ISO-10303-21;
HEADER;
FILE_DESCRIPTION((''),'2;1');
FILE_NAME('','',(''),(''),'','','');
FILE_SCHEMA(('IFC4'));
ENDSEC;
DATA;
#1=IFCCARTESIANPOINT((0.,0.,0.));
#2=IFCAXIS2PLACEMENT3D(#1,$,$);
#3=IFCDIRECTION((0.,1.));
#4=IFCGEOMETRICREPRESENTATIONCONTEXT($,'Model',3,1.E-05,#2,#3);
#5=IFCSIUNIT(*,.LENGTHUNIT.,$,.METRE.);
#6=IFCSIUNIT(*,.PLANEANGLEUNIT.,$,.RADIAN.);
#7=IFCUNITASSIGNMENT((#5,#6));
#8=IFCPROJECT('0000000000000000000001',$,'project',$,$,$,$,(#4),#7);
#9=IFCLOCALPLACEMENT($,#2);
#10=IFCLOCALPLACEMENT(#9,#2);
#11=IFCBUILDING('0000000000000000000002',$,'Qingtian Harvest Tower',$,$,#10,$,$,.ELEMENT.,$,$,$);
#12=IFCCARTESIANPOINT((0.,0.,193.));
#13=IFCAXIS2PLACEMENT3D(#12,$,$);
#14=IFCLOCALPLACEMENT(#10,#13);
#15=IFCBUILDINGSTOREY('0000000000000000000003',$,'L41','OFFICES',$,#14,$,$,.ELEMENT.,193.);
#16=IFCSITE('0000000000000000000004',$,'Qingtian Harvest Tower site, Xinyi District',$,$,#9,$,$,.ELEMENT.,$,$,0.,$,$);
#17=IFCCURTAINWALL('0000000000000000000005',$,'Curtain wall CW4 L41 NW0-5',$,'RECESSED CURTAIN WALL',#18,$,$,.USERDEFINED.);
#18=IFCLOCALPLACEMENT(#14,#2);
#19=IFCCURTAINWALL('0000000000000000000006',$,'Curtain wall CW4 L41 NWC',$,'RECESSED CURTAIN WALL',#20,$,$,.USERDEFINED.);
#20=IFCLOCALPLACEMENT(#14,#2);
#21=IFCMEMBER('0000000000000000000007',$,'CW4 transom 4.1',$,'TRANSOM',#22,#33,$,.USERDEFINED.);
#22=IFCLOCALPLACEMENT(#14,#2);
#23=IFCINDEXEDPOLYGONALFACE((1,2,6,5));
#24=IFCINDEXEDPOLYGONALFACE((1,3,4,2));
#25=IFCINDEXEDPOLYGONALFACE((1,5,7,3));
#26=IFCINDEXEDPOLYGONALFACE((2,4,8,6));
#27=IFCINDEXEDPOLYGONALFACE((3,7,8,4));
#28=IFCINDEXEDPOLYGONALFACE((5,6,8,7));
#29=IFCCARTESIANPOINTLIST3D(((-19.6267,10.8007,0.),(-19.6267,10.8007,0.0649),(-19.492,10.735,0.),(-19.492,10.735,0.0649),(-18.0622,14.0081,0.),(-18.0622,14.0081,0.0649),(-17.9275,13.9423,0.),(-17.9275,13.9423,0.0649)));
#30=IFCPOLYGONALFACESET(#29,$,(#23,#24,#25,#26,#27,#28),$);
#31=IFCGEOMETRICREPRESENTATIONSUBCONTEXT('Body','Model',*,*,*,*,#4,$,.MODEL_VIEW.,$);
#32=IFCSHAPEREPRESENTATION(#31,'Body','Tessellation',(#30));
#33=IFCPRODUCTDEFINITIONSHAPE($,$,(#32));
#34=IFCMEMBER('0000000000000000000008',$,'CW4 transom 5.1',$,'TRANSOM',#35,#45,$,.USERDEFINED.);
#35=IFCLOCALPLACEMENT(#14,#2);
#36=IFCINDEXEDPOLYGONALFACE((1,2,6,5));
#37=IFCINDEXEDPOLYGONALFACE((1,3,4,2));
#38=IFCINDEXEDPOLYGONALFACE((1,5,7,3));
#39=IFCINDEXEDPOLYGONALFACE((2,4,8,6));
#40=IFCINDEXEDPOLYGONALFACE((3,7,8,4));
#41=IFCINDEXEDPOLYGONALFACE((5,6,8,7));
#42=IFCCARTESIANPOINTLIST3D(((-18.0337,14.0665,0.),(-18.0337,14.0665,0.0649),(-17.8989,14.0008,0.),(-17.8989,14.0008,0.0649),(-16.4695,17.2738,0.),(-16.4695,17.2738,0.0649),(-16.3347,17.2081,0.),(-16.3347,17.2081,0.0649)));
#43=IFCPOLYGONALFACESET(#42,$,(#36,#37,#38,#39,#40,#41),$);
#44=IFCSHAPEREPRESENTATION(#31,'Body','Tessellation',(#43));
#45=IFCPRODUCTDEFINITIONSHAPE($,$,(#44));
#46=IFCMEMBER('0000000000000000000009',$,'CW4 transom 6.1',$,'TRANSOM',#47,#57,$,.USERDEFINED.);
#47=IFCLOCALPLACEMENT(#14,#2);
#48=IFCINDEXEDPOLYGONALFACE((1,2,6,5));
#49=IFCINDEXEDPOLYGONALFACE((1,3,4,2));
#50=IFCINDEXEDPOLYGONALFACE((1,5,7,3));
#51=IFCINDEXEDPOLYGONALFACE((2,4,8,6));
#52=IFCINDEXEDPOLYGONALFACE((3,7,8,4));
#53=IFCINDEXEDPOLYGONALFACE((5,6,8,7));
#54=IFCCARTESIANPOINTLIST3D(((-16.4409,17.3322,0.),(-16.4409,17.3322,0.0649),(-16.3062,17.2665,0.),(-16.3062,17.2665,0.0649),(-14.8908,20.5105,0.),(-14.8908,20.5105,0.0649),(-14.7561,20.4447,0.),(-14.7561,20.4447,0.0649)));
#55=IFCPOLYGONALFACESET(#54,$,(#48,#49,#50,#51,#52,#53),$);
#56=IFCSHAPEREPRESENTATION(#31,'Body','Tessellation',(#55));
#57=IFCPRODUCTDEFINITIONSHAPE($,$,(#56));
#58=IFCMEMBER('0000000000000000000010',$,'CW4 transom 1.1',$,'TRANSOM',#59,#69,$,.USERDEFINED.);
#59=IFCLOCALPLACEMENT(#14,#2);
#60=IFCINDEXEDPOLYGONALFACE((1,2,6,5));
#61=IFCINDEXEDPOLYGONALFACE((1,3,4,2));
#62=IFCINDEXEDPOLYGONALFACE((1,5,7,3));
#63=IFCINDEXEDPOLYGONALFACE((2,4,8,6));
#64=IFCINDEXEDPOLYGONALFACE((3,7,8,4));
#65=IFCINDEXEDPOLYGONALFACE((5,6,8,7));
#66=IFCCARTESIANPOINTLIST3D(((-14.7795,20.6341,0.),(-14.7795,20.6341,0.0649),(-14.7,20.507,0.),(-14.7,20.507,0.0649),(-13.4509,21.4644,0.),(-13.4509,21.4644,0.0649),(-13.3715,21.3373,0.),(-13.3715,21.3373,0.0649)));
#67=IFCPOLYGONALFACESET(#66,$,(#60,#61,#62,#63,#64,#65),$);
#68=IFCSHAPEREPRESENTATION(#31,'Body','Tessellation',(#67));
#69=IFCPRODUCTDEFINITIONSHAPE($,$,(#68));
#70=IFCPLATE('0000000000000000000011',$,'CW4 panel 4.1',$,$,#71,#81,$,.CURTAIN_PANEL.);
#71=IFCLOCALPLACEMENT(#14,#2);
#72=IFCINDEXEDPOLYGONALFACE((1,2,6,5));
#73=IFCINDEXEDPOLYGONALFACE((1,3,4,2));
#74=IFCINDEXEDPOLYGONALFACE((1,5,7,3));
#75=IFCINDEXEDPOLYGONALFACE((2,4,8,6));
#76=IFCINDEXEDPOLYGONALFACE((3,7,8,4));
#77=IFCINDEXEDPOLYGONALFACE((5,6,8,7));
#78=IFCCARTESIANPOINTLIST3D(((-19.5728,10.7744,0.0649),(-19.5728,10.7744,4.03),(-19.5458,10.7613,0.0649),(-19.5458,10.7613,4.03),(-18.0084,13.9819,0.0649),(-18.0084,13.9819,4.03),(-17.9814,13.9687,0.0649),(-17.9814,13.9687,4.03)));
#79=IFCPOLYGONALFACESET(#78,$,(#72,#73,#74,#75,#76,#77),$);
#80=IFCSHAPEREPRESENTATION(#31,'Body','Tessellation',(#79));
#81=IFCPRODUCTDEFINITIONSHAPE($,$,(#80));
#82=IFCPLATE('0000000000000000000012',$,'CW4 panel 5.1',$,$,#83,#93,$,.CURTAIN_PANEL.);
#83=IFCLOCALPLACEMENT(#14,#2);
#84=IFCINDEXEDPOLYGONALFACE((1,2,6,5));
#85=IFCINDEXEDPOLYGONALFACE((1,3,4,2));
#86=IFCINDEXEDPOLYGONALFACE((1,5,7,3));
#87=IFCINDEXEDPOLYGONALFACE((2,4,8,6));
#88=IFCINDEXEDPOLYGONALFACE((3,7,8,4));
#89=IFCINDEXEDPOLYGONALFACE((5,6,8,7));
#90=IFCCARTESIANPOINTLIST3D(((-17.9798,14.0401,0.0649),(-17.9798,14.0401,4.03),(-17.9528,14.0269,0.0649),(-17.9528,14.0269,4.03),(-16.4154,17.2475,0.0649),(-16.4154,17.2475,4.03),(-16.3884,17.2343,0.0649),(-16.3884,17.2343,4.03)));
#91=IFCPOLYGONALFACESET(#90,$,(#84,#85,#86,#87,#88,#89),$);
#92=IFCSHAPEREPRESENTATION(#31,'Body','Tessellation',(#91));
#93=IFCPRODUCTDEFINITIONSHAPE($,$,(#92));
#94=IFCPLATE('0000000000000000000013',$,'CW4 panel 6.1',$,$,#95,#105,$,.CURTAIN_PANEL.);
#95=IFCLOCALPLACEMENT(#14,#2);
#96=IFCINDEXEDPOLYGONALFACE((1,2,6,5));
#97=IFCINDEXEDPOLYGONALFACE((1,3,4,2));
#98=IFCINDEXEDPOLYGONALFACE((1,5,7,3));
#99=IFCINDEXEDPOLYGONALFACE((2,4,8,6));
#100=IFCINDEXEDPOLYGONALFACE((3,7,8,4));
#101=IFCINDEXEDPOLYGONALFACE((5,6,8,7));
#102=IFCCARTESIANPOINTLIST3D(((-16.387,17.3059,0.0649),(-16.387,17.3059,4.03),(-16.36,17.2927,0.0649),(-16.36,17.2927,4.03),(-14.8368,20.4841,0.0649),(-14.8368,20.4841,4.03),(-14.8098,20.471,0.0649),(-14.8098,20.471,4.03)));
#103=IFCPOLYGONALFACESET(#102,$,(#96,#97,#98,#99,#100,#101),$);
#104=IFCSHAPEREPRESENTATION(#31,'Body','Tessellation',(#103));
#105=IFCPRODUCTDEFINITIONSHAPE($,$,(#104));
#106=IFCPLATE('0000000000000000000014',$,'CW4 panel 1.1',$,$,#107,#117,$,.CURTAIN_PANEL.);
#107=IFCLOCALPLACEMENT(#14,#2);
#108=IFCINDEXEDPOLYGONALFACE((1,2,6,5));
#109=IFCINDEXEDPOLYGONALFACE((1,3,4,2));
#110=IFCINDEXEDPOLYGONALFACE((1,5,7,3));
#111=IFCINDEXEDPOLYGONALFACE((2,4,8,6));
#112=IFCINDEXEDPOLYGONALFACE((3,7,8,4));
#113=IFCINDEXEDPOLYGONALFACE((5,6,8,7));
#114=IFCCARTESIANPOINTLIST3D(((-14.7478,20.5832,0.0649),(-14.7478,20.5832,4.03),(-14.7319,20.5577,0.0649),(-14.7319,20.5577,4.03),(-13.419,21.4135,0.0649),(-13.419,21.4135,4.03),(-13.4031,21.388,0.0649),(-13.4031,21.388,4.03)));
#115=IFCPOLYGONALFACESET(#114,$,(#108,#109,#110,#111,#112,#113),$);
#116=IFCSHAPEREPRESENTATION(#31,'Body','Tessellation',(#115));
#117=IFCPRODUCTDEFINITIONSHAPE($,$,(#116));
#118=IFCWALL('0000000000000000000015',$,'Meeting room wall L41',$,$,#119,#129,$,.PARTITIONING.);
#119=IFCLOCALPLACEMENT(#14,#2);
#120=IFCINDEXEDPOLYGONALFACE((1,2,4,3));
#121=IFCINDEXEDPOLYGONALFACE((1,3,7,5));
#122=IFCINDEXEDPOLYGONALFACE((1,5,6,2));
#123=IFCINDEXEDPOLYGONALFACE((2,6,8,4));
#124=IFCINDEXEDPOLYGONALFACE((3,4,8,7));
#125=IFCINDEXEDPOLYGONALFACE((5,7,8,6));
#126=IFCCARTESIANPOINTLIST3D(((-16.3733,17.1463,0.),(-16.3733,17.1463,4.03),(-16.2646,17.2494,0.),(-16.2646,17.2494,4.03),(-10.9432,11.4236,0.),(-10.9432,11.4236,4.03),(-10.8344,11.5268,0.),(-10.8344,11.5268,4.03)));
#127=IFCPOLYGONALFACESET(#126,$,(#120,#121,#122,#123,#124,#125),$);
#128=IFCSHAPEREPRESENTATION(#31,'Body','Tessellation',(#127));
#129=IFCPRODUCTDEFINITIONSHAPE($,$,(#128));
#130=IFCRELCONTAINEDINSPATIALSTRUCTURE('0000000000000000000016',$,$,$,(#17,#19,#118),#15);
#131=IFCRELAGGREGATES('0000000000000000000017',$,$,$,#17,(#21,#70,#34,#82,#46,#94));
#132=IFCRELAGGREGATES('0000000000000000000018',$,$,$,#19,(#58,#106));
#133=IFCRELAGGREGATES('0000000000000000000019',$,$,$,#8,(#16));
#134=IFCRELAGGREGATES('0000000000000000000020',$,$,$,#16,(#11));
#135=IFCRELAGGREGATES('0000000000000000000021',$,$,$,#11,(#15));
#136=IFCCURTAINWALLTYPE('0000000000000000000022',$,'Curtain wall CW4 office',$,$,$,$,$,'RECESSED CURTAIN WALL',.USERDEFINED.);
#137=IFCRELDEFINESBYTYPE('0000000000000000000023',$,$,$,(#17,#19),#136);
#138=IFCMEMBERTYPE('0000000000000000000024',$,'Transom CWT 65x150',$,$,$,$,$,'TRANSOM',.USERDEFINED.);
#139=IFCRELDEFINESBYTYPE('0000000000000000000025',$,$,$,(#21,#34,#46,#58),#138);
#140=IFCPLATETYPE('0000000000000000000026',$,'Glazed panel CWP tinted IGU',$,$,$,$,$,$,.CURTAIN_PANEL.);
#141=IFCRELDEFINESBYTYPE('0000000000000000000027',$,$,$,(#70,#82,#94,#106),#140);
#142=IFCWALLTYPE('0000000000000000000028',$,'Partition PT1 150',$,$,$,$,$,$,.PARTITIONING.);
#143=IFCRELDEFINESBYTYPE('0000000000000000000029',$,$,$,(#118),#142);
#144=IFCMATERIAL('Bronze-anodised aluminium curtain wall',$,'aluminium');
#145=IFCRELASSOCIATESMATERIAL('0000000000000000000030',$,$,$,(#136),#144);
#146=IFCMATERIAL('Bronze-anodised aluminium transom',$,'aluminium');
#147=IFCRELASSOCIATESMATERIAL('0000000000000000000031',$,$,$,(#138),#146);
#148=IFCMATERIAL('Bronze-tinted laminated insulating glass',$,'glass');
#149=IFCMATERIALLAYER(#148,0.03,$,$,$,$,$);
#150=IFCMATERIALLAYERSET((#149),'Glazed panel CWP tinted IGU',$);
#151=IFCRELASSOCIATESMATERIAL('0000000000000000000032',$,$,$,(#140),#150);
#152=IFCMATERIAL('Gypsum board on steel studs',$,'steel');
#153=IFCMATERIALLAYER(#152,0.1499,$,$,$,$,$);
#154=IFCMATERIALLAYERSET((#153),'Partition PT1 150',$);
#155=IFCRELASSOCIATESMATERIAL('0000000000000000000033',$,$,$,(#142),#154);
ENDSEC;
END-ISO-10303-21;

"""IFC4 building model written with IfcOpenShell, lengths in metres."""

from ifc_helpers import new_model, si_unit, direction, frame, frame_2d, origin, origin_2d, place, context, subcontext, project, spatial, rectangle, extrude, material, layer, layer_set, material_profile, profile_set, type_object, element, aggregate, save


model = new_model("IFC4")

# Units and contexts
model_context = context("Model", 3, precision=1e-05, world=origin(), true_north=direction((0.0, 1.0)))
body_context = subcontext(model_context, "Body", "Model", "MODEL_VIEW")
ifc_project = project(units=[si_unit("LENGTHUNIT", "METRE"), si_unit("PLANEANGLEUNIT", "RADIAN")], contexts=[model_context])

# Site, building, storey
site_placement = place(None, origin())
site = spatial("IfcSite", under=ifc_project, at=site_placement, Name="Qingtian Harvest Tower site, Xinyi District", CompositionType="ELEMENT", RefElevation=0.0)
building_placement = place(site_placement, origin())
building = spatial("IfcBuilding", under=site, at=building_placement, Name="Qingtian Harvest Tower", CompositionType="ELEMENT")
storey_placement = place(building_placement, frame((0.0, 0.0, 193.0)))
storey = spatial("IfcBuildingStorey", under=building, at=storey_placement, Name="L41", Description="OFFICES", CompositionType="ELEMENT", Elevation=193.0)

# Curtain walls
ifc_material_1 = material(Name="Bronze-anodised aluminium curtain wall", Category="aluminium")
curtain_wall_type = type_object("IfcCurtainWallType", Name="Curtain wall CW4 office", ElementType="RECESSED CURTAIN WALL", PredefinedType="USERDEFINED", material=ifc_material_1)
curtain_wall_1_placement = place(storey_placement, origin())
curtain_wall_1 = element("IfcCurtainWall", 1, at=curtain_wall_1_placement, inside=storey, type_object=curtain_wall_type, Name="Curtain wall CW4 L41 NW0-5", ObjectType="RECESSED CURTAIN WALL", PredefinedType="USERDEFINED")
curtain_wall_2_placement = place(storey_placement, origin())
curtain_wall_2 = element("IfcCurtainWall", 2, at=curtain_wall_2_placement, inside=storey, type_object=curtain_wall_type, Name="Curtain wall CW4 L41 NWC", ObjectType="RECESSED CURTAIN WALL", PredefinedType="USERDEFINED")

# Members
ifc_material_2 = material(Name="Bronze-anodised aluminium transom", Category="aluminium")
ifc_material_profile_1 = material_profile(ifc_material_2, rectangle(XDim=0.1499, YDim=0.0649, at=origin_2d()), Name="AL 65x150")
ifc_profile_set_1 = profile_set([ifc_material_profile_1], Name="Bronze-anodised aluminium transom")
member_type_1 = type_object("IfcMemberType", Name="Transom CWT 65x150", ElementType="TRANSOM", PredefinedType="USERDEFINED", material=ifc_profile_set_1)
member_1_placement = place(storey_placement, frame((-19.5593, 10.7678, 0.0325), z_axis=(0.438407, 0.898776, 0.0), x_axis=(-0.898776, 0.438407, 0.0)))
member_1 = element("IfcMember", 3, at=member_1_placement, type_object=member_type_1, Name="CW4 transom 4.1", ObjectType="TRANSOM", PredefinedType="USERDEFINED", context=body_context, shape_type="SweptSolid", body=[
    extrude(rectangle(XDim=0.1499, YDim=0.0649, at=origin_2d()), origin(), (0.0, 0.0, 1.0), 3.5686),
])
member_2_placement = place(storey_placement, frame((-17.9663, 14.0337, 0.0325), z_axis=(0.438352, 0.898803, 0.0), x_axis=(-0.898803, 0.438352, 0.0)))
member_2 = element("IfcMember", 4, at=member_2_placement, type_object=member_type_1, Name="CW4 transom 5.1", ObjectType="TRANSOM", PredefinedType="USERDEFINED", context=body_context, shape_type="SweptSolid", body=[
    extrude(rectangle(XDim=0.1499, YDim=0.0649, at=origin_2d()), origin(), (0.0, 0.0, 1.0), 3.5684),
])
member_3_placement = place(storey_placement, frame((-16.3735, 17.2993, 0.0325), z_axis=(0.438354, 0.898802, 0.0), x_axis=(-0.898802, 0.438354, 0.0)))
member_3 = element("IfcMember", 5, at=member_3_placement, type_object=member_type_1, Name="CW4 transom 6.1", ObjectType="TRANSOM", PredefinedType="USERDEFINED", context=body_context, shape_type="SweptSolid", body=[
    extrude(rectangle(XDim=0.1499, YDim=0.0649, at=origin_2d()), origin(), (0.0, 0.0, 1.0), 3.5361),
])
member_4_placement = place(storey_placement, frame((-14.7397, 20.5706, 0.0325), z_axis=(0.848016, 0.529971, 0.0), x_axis=(-0.529971, 0.848016, 0.0)))
member_4 = element("IfcMember", 6, at=member_4_placement, type_object=member_type_1, Name="CW4 transom 1.1", ObjectType="TRANSOM", PredefinedType="USERDEFINED", context=body_context, shape_type="SweptSolid", body=[
    extrude(rectangle(XDim=0.1499, YDim=0.0649, at=origin_2d()), origin(), (0.0, 0.0, 1.0), 1.5667),
])

# Plates
ifc_material_3 = material(Name="Bronze-tinted laminated insulating glass", Category="glass")
ifc_layer_1 = layer(ifc_material_3, 0.03)
ifc_layer_set_1 = layer_set([ifc_layer_1], Name="Glazed panel CWP tinted IGU")
plate_type = type_object("IfcPlateType", Name="Glazed panel CWP tinted IGU", PredefinedType="CURTAIN_PANEL", material=ifc_layer_set_1)
plate_1_placement = place(storey_placement, frame((-18.7771, 12.3716, 0.0649), z_axis=(0.0, 0.0, 1.0), x_axis=(0.438371, 0.898794, 0.0)))
plate_1 = element("IfcPlate", 7, at=plate_1_placement, type_object=plate_type, Name="CW4 panel 4.1", PredefinedType="CURTAIN_PANEL", context=body_context, shape_type="SweptSolid", body=[
    extrude(rectangle(XDim=3.5686, YDim=0.03, at=origin_2d()), origin(), (0.0, 0.0, 1.0), 3.9651),
])
plate_2_placement = place(storey_placement, frame((-17.1841, 15.6372, 0.0649), z_axis=(0.0, 0.0, 1.0), x_axis=(0.438371, 0.898794, 0.0)))
plate_2 = element("IfcPlate", 8, at=plate_2_placement, type_object=plate_type, Name="CW4 panel 5.1", PredefinedType="CURTAIN_PANEL", context=body_context, shape_type="SweptSolid", body=[
    extrude(rectangle(XDim=3.5686, YDim=0.03, at=origin_2d()), origin(), (0.0, 0.0, 1.0), 3.9651),
])
plate_3_placement = place(storey_placement, frame((-15.5984, 18.8884, 0.0649), z_axis=(0.0, 0.0, 1.0), x_axis=(0.438371, 0.898794, 0.0)))
plate_3 = element("IfcPlate", 9, at=plate_3_placement, type_object=plate_type, Name="CW4 panel 6.1", PredefinedType="CURTAIN_PANEL", context=body_context, shape_type="SweptSolid", body=[
    extrude(rectangle(XDim=3.5361, YDim=0.03, at=origin_2d()), origin(), (0.0, 0.0, 1.0), 3.9651),
])
aggregate(curtain_wall_1, [member_1, plate_1, member_2, plate_2, member_3, plate_3])
plate_4_placement = place(storey_placement, frame((-14.0754, 20.9856, 0.0649), z_axis=(0.0, 0.0, 1.0), x_axis=(0.848048, 0.529919, 0.0)))
plate_4 = element("IfcPlate", 10, at=plate_4_placement, type_object=plate_type, Name="CW4 panel 1.1", PredefinedType="CURTAIN_PANEL", context=body_context, shape_type="SweptSolid", body=[
    extrude(rectangle(XDim=1.5669, YDim=0.03, at=origin_2d()), origin(), (0.0, 0.0, 1.0), 3.9651),
])
aggregate(curtain_wall_2, [member_4, plate_4])

# Wall
ifc_material_4 = material(Name="Gypsum board on steel studs", Category="steel")
ifc_layer_2 = layer(ifc_material_4, 0.1499)
ifc_layer_set_2 = layer_set([ifc_layer_2], Name="Partition PT1 150")
wall_type = type_object("IfcWallType", Name="Partition PT1 150", PredefinedType="PARTITIONING", material=ifc_layer_set_2)
wall_placement = place(storey_placement, frame((-16.3188, 17.1978, 0.0), z_axis=(0.0, 0.0, 1.0), x_axis=(0.688326, -0.725401, 0.0)))
element("IfcWall", 11, at=wall_placement, inside=storey, type_object=wall_type, Name="Meeting room wall L41", PredefinedType="PARTITIONING", context=body_context, shape_type="SweptSolid", body=[
    extrude(rectangle(XDim=7.8889, YDim=0.1499, at=frame_2d((3.9443, 0.0))), origin(), (0.0, 0.0, 1.0), 4.03),
])

save(model, "model.ifc")
